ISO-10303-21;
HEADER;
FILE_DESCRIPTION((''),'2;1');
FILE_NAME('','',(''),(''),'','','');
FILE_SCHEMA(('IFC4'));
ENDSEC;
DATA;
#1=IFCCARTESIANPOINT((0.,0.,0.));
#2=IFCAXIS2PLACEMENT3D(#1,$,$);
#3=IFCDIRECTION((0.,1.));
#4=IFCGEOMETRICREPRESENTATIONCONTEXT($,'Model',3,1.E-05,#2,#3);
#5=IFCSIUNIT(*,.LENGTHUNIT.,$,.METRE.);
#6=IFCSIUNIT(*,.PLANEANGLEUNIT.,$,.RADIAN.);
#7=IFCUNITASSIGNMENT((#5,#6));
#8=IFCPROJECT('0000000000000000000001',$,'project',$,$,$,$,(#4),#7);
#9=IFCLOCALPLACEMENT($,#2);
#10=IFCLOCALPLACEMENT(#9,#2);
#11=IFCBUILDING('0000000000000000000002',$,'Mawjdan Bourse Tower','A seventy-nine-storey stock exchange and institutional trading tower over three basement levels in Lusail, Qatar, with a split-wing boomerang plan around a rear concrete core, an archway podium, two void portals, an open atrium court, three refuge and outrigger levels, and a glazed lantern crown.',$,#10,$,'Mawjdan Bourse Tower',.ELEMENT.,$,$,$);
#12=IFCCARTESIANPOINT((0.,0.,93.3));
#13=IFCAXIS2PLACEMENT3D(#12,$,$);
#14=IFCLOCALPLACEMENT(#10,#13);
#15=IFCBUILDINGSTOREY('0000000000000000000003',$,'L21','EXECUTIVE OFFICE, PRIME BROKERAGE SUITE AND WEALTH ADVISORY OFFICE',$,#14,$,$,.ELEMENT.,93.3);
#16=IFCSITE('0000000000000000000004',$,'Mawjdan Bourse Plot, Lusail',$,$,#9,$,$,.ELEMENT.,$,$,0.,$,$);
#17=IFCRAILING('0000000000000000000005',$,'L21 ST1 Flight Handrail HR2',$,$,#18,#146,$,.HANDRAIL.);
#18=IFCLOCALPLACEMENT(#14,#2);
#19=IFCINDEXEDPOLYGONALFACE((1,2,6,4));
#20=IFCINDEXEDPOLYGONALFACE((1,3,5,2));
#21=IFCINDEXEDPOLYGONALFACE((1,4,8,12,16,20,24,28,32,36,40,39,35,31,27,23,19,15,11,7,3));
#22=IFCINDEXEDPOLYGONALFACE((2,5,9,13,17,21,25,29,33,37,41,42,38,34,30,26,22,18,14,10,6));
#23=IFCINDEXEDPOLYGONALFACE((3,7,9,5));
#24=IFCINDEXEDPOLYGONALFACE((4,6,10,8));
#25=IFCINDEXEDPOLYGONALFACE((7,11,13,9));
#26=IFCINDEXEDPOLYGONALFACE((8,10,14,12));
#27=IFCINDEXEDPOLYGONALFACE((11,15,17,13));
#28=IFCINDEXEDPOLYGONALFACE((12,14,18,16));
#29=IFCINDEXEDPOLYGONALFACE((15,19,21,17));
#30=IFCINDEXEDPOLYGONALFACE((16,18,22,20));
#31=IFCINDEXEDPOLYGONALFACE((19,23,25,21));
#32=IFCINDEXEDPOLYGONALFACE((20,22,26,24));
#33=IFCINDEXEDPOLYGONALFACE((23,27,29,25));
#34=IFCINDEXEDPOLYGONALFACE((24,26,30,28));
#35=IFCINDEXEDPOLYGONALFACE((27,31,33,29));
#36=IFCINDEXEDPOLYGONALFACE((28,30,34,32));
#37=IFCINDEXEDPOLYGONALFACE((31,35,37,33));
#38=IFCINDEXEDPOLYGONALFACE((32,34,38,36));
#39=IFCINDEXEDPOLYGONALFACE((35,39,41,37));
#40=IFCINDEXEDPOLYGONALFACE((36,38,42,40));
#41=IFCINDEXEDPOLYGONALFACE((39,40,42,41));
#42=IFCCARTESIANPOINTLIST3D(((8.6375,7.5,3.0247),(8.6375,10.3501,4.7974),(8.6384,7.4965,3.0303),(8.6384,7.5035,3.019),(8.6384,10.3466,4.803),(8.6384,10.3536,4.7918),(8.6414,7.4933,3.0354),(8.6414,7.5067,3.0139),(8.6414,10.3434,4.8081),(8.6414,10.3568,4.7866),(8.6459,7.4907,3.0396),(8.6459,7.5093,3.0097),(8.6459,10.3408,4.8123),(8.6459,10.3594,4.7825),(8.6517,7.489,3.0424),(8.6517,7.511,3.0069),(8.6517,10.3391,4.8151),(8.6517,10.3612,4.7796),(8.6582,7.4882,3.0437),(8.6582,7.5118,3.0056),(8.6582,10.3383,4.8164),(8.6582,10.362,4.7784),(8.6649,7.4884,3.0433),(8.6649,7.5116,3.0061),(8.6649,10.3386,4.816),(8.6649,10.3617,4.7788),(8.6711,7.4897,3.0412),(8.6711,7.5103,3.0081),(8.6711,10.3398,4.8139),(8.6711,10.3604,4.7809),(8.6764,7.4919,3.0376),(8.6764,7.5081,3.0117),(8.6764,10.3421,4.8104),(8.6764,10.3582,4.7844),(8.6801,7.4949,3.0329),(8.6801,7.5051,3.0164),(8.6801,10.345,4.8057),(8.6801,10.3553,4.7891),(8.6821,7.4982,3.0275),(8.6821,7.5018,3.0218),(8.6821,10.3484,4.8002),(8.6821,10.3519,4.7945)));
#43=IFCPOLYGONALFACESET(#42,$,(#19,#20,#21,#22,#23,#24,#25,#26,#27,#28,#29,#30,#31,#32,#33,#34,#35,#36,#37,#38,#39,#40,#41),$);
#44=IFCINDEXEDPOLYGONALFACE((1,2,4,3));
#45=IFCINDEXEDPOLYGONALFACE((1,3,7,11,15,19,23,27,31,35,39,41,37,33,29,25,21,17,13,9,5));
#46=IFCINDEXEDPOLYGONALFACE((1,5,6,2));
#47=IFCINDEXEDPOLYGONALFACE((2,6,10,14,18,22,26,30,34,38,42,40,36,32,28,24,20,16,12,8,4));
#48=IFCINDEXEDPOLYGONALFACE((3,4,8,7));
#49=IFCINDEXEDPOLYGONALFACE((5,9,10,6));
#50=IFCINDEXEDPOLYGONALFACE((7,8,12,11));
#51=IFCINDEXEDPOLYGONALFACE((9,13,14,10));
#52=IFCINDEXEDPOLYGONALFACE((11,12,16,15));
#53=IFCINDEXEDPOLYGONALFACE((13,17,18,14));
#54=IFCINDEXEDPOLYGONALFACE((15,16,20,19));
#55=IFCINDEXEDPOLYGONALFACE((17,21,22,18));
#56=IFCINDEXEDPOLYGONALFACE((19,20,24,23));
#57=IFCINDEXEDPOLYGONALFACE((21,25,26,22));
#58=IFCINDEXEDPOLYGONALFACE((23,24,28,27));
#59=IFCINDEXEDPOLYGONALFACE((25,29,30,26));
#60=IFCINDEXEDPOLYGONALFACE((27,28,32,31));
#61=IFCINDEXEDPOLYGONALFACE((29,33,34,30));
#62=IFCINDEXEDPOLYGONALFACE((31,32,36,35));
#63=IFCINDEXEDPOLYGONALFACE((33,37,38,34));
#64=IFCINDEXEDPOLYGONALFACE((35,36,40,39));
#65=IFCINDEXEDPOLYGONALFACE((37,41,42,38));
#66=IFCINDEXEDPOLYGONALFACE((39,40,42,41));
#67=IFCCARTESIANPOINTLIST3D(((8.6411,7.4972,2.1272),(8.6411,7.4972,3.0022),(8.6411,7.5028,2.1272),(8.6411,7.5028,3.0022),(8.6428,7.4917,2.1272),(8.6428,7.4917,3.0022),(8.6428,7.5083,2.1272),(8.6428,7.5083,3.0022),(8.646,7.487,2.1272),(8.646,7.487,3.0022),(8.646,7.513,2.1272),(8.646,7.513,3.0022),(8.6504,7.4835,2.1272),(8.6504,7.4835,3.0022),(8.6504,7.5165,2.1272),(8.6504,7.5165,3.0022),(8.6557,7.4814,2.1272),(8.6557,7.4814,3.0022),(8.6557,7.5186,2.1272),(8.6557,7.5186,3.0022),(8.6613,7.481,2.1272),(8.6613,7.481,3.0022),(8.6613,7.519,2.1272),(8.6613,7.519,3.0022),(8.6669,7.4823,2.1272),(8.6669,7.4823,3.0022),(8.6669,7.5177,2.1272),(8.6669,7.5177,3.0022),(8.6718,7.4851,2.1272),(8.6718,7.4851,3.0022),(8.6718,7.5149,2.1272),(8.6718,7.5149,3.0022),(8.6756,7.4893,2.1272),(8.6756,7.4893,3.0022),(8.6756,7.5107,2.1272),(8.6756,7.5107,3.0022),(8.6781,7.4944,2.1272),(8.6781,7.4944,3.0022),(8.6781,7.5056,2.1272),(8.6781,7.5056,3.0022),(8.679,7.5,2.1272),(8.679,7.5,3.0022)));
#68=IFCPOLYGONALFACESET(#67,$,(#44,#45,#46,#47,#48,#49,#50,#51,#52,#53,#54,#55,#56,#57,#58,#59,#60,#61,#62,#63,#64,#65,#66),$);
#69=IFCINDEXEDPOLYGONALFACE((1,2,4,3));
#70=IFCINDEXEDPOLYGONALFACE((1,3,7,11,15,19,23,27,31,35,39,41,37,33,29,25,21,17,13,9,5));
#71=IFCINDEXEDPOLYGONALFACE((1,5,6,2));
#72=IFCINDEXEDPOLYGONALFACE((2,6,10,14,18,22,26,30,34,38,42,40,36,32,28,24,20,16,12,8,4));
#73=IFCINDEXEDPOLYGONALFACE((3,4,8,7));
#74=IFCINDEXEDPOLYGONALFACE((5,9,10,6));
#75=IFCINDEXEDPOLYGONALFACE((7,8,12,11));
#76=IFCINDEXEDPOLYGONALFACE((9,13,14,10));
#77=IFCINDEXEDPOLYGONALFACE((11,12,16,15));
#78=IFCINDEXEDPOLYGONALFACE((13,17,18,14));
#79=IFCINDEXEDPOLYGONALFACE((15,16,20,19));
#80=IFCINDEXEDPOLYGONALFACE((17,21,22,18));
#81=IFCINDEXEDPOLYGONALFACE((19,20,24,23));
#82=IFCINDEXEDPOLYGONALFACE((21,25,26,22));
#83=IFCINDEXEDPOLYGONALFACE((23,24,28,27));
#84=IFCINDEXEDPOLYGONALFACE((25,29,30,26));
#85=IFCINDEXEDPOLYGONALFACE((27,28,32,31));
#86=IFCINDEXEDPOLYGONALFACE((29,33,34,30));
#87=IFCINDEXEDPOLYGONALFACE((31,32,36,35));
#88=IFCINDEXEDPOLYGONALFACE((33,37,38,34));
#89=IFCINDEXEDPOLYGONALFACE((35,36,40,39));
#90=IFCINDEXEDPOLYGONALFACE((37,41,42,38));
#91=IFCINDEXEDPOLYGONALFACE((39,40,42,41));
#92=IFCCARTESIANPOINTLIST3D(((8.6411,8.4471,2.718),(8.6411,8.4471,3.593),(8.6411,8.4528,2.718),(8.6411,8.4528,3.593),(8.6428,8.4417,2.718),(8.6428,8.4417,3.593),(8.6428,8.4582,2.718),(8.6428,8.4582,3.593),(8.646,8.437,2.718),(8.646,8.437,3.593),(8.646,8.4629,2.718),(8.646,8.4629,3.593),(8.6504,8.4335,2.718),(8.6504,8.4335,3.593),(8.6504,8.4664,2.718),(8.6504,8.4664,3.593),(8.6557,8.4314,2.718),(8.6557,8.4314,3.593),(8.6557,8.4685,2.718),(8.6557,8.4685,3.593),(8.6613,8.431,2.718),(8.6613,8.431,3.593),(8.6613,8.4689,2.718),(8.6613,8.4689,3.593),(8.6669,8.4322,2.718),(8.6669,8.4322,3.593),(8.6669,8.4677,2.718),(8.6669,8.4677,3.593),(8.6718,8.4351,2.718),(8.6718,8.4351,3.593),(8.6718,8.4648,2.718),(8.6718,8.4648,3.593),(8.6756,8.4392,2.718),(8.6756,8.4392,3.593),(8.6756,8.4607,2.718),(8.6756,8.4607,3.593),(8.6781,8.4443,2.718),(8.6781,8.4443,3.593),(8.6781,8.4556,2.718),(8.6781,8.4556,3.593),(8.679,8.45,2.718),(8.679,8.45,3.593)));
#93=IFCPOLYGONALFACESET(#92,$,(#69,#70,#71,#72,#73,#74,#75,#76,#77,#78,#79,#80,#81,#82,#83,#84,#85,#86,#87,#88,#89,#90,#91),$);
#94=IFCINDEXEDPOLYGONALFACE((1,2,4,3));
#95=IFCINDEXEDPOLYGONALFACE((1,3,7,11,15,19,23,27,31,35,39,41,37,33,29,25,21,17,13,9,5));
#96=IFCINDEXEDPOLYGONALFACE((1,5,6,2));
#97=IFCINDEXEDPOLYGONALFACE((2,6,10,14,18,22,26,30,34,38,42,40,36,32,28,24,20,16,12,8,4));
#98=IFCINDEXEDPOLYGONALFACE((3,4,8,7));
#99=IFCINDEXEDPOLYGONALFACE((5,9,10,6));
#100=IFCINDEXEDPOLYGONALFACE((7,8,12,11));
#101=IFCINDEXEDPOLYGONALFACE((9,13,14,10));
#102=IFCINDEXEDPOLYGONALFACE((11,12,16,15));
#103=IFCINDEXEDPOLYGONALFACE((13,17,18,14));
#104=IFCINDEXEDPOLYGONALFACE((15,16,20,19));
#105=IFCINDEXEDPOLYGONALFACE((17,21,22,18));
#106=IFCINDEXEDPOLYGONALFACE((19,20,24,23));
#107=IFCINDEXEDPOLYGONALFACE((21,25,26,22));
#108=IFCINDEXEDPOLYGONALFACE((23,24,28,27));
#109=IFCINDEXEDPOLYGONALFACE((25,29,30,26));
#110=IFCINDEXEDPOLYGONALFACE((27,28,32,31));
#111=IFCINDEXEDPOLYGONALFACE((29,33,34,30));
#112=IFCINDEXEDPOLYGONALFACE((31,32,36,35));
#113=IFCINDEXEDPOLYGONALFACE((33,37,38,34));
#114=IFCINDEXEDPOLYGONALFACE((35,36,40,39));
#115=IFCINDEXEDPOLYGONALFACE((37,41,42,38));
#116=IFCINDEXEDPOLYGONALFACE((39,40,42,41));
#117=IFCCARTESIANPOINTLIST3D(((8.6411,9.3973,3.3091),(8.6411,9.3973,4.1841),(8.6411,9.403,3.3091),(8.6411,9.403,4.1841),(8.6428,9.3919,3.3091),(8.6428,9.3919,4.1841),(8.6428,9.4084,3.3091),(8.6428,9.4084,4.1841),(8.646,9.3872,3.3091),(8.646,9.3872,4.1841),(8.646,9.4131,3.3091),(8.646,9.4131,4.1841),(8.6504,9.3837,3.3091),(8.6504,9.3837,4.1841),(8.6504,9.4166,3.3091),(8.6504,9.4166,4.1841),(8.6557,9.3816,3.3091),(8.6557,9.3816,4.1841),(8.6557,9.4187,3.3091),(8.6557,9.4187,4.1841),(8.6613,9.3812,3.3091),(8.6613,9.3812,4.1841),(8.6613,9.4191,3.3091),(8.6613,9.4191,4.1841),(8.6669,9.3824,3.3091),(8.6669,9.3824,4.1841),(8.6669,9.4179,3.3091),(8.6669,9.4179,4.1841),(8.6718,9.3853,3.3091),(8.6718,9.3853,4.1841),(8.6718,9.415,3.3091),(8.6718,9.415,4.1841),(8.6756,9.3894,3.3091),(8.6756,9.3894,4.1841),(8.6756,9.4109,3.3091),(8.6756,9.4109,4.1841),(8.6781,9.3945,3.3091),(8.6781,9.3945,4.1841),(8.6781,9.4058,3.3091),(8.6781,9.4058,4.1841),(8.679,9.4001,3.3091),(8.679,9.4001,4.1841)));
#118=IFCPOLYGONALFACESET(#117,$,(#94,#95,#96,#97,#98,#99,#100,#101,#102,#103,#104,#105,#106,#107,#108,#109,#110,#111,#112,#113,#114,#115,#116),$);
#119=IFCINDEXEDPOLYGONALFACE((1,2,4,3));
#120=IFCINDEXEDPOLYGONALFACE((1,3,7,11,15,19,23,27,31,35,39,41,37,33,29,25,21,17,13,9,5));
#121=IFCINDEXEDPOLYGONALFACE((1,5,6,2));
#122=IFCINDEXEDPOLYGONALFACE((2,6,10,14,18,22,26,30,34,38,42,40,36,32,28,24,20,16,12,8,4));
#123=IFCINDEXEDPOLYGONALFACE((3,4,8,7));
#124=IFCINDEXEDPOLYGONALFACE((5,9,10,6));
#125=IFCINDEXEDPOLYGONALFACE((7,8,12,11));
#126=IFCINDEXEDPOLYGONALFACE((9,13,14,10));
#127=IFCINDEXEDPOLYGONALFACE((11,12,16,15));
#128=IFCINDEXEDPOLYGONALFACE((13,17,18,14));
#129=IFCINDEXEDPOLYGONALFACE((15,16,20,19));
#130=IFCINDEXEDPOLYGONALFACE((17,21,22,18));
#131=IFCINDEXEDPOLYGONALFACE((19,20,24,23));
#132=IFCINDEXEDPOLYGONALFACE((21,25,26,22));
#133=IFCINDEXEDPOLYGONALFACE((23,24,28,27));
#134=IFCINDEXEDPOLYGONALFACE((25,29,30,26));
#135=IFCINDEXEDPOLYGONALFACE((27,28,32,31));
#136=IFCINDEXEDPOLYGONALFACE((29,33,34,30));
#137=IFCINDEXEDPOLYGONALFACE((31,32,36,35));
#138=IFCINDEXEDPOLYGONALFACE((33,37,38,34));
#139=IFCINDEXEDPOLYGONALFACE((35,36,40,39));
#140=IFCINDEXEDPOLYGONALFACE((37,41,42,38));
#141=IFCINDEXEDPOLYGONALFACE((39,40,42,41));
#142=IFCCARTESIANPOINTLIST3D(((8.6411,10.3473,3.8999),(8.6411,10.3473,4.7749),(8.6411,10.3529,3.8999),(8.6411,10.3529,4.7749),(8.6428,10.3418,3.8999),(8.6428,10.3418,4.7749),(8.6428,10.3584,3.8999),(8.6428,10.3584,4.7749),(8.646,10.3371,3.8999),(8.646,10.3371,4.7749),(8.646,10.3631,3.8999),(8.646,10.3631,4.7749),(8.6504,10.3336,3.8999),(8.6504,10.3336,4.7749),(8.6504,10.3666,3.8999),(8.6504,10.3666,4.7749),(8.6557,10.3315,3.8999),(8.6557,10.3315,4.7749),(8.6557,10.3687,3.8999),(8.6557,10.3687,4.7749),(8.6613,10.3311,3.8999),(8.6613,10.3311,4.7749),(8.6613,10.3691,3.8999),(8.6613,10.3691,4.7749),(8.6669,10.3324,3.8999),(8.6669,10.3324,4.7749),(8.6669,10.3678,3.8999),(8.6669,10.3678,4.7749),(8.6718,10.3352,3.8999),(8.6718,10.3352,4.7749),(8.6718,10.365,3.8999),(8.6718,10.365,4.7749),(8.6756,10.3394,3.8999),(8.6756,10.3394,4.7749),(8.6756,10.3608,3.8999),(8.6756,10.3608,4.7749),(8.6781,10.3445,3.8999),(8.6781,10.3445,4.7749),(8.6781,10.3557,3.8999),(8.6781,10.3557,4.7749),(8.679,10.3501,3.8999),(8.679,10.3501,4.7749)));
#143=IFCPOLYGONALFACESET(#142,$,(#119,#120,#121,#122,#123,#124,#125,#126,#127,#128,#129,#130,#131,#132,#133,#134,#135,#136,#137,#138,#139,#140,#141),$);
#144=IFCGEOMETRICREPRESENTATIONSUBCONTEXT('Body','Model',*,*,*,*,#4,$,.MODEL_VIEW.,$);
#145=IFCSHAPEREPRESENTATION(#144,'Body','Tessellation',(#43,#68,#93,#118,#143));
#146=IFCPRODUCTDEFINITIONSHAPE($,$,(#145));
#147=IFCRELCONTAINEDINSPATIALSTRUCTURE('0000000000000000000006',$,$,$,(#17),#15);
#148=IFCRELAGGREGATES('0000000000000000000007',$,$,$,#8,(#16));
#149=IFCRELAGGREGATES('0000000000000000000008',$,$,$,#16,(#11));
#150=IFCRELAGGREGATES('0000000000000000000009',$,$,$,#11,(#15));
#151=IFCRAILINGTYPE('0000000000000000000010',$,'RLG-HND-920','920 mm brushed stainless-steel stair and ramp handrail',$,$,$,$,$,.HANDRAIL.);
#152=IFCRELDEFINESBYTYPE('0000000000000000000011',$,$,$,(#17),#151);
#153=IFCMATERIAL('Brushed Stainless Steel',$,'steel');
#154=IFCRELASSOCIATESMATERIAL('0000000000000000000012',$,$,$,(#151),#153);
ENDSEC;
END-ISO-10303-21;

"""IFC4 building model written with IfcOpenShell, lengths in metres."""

from ifc_helpers import new_model, si_unit, direction, frame, origin, origin_2d, place, context, subcontext, project, spatial, circle, extrude, material, type_object, element, save


model = new_model("IFC4")

# Units and contexts
model_context = context("Model", 3, precision=1e-05, world=origin(), true_north=direction((0.0, 1.0)))
body_context = subcontext(model_context, "Body", "Model", "MODEL_VIEW")
ifc_project = project(units=[si_unit("LENGTHUNIT", "METRE"), si_unit("PLANEANGLEUNIT", "RADIAN")], contexts=[model_context])

# Site, building, storey
site_placement = place(None, origin())
site = spatial("IfcSite", under=ifc_project, at=site_placement, Name="Mawjdan Bourse Plot, Lusail", CompositionType="ELEMENT", RefElevation=0.0)
building_placement = place(site_placement, origin())
building = spatial("IfcBuilding", under=site, at=building_placement, Name="Mawjdan Bourse Tower", Description="A seventy-nine-storey stock exchange and institutional trading tower over three basement levels in Lusail, Qatar, with a split-wing boomerang plan around a rear concrete core, an archway podium, two void portals, an open atrium court, three refuge and outrigger levels, and a glazed lantern crown.", LongName="Mawjdan Bourse Tower", CompositionType="ELEMENT")
storey_placement = place(building_placement, frame((0.0, 0.0, 93.3)))
storey = spatial("IfcBuildingStorey", under=building, at=storey_placement, Name="L21", Description="EXECUTIVE OFFICE, PRIME BROKERAGE SUITE AND WEALTH ADVISORY OFFICE", CompositionType="ELEMENT", Elevation=93.3)

# Railing
ifc_material_1 = material(Name="Brushed Stainless Steel", Category="steel")
railing_type_1 = type_object("IfcRailingType", Name="RLG-HND-920", Description="920 mm brushed stainless-steel stair and ramp handrail", PredefinedType="HANDRAIL", material=ifc_material_1)
for number, where, name in (
    (1, (8.6599, 7.5, 2.1272), "L21 ST1 Flight Handrail HR2"),
):
    element("IfcRailing", number, at=place(storey_placement, frame(where)), inside=storey, type_object=railing_type_1, Name=name, PredefinedType="HANDRAIL", context=body_context, shape_type="SweptSolid", body=[
        extrude(circle(Radius=0.0225, at=origin_2d()), frame((0.0, 0.0, 0.8975), z_axis=(0.0, 0.849149, 0.528154), x_axis=(-1.0, 0.0, 0.0)), (0.0, 0.0, 1.0), 3.3564),
        extrude(circle(Radius=0.019, at=origin_2d()), origin(), (0.0, 0.0, 1.0), 0.875),
        extrude(circle(Radius=0.019, at=origin_2d()), frame((0.0, 0.95, 0.5908)), (0.0, 0.0, 1.0), 0.875),
        extrude(circle(Radius=0.019, at=origin_2d()), frame((0.0, 1.9001, 1.1819)), (0.0, 0.0, 1.0), 0.875),
        extrude(circle(Radius=0.019, at=origin_2d()), frame((0.0, 2.8501, 1.7727)), (0.0, 0.0, 1.0), 0.875),
    ])

save(model, "model.ifc")
